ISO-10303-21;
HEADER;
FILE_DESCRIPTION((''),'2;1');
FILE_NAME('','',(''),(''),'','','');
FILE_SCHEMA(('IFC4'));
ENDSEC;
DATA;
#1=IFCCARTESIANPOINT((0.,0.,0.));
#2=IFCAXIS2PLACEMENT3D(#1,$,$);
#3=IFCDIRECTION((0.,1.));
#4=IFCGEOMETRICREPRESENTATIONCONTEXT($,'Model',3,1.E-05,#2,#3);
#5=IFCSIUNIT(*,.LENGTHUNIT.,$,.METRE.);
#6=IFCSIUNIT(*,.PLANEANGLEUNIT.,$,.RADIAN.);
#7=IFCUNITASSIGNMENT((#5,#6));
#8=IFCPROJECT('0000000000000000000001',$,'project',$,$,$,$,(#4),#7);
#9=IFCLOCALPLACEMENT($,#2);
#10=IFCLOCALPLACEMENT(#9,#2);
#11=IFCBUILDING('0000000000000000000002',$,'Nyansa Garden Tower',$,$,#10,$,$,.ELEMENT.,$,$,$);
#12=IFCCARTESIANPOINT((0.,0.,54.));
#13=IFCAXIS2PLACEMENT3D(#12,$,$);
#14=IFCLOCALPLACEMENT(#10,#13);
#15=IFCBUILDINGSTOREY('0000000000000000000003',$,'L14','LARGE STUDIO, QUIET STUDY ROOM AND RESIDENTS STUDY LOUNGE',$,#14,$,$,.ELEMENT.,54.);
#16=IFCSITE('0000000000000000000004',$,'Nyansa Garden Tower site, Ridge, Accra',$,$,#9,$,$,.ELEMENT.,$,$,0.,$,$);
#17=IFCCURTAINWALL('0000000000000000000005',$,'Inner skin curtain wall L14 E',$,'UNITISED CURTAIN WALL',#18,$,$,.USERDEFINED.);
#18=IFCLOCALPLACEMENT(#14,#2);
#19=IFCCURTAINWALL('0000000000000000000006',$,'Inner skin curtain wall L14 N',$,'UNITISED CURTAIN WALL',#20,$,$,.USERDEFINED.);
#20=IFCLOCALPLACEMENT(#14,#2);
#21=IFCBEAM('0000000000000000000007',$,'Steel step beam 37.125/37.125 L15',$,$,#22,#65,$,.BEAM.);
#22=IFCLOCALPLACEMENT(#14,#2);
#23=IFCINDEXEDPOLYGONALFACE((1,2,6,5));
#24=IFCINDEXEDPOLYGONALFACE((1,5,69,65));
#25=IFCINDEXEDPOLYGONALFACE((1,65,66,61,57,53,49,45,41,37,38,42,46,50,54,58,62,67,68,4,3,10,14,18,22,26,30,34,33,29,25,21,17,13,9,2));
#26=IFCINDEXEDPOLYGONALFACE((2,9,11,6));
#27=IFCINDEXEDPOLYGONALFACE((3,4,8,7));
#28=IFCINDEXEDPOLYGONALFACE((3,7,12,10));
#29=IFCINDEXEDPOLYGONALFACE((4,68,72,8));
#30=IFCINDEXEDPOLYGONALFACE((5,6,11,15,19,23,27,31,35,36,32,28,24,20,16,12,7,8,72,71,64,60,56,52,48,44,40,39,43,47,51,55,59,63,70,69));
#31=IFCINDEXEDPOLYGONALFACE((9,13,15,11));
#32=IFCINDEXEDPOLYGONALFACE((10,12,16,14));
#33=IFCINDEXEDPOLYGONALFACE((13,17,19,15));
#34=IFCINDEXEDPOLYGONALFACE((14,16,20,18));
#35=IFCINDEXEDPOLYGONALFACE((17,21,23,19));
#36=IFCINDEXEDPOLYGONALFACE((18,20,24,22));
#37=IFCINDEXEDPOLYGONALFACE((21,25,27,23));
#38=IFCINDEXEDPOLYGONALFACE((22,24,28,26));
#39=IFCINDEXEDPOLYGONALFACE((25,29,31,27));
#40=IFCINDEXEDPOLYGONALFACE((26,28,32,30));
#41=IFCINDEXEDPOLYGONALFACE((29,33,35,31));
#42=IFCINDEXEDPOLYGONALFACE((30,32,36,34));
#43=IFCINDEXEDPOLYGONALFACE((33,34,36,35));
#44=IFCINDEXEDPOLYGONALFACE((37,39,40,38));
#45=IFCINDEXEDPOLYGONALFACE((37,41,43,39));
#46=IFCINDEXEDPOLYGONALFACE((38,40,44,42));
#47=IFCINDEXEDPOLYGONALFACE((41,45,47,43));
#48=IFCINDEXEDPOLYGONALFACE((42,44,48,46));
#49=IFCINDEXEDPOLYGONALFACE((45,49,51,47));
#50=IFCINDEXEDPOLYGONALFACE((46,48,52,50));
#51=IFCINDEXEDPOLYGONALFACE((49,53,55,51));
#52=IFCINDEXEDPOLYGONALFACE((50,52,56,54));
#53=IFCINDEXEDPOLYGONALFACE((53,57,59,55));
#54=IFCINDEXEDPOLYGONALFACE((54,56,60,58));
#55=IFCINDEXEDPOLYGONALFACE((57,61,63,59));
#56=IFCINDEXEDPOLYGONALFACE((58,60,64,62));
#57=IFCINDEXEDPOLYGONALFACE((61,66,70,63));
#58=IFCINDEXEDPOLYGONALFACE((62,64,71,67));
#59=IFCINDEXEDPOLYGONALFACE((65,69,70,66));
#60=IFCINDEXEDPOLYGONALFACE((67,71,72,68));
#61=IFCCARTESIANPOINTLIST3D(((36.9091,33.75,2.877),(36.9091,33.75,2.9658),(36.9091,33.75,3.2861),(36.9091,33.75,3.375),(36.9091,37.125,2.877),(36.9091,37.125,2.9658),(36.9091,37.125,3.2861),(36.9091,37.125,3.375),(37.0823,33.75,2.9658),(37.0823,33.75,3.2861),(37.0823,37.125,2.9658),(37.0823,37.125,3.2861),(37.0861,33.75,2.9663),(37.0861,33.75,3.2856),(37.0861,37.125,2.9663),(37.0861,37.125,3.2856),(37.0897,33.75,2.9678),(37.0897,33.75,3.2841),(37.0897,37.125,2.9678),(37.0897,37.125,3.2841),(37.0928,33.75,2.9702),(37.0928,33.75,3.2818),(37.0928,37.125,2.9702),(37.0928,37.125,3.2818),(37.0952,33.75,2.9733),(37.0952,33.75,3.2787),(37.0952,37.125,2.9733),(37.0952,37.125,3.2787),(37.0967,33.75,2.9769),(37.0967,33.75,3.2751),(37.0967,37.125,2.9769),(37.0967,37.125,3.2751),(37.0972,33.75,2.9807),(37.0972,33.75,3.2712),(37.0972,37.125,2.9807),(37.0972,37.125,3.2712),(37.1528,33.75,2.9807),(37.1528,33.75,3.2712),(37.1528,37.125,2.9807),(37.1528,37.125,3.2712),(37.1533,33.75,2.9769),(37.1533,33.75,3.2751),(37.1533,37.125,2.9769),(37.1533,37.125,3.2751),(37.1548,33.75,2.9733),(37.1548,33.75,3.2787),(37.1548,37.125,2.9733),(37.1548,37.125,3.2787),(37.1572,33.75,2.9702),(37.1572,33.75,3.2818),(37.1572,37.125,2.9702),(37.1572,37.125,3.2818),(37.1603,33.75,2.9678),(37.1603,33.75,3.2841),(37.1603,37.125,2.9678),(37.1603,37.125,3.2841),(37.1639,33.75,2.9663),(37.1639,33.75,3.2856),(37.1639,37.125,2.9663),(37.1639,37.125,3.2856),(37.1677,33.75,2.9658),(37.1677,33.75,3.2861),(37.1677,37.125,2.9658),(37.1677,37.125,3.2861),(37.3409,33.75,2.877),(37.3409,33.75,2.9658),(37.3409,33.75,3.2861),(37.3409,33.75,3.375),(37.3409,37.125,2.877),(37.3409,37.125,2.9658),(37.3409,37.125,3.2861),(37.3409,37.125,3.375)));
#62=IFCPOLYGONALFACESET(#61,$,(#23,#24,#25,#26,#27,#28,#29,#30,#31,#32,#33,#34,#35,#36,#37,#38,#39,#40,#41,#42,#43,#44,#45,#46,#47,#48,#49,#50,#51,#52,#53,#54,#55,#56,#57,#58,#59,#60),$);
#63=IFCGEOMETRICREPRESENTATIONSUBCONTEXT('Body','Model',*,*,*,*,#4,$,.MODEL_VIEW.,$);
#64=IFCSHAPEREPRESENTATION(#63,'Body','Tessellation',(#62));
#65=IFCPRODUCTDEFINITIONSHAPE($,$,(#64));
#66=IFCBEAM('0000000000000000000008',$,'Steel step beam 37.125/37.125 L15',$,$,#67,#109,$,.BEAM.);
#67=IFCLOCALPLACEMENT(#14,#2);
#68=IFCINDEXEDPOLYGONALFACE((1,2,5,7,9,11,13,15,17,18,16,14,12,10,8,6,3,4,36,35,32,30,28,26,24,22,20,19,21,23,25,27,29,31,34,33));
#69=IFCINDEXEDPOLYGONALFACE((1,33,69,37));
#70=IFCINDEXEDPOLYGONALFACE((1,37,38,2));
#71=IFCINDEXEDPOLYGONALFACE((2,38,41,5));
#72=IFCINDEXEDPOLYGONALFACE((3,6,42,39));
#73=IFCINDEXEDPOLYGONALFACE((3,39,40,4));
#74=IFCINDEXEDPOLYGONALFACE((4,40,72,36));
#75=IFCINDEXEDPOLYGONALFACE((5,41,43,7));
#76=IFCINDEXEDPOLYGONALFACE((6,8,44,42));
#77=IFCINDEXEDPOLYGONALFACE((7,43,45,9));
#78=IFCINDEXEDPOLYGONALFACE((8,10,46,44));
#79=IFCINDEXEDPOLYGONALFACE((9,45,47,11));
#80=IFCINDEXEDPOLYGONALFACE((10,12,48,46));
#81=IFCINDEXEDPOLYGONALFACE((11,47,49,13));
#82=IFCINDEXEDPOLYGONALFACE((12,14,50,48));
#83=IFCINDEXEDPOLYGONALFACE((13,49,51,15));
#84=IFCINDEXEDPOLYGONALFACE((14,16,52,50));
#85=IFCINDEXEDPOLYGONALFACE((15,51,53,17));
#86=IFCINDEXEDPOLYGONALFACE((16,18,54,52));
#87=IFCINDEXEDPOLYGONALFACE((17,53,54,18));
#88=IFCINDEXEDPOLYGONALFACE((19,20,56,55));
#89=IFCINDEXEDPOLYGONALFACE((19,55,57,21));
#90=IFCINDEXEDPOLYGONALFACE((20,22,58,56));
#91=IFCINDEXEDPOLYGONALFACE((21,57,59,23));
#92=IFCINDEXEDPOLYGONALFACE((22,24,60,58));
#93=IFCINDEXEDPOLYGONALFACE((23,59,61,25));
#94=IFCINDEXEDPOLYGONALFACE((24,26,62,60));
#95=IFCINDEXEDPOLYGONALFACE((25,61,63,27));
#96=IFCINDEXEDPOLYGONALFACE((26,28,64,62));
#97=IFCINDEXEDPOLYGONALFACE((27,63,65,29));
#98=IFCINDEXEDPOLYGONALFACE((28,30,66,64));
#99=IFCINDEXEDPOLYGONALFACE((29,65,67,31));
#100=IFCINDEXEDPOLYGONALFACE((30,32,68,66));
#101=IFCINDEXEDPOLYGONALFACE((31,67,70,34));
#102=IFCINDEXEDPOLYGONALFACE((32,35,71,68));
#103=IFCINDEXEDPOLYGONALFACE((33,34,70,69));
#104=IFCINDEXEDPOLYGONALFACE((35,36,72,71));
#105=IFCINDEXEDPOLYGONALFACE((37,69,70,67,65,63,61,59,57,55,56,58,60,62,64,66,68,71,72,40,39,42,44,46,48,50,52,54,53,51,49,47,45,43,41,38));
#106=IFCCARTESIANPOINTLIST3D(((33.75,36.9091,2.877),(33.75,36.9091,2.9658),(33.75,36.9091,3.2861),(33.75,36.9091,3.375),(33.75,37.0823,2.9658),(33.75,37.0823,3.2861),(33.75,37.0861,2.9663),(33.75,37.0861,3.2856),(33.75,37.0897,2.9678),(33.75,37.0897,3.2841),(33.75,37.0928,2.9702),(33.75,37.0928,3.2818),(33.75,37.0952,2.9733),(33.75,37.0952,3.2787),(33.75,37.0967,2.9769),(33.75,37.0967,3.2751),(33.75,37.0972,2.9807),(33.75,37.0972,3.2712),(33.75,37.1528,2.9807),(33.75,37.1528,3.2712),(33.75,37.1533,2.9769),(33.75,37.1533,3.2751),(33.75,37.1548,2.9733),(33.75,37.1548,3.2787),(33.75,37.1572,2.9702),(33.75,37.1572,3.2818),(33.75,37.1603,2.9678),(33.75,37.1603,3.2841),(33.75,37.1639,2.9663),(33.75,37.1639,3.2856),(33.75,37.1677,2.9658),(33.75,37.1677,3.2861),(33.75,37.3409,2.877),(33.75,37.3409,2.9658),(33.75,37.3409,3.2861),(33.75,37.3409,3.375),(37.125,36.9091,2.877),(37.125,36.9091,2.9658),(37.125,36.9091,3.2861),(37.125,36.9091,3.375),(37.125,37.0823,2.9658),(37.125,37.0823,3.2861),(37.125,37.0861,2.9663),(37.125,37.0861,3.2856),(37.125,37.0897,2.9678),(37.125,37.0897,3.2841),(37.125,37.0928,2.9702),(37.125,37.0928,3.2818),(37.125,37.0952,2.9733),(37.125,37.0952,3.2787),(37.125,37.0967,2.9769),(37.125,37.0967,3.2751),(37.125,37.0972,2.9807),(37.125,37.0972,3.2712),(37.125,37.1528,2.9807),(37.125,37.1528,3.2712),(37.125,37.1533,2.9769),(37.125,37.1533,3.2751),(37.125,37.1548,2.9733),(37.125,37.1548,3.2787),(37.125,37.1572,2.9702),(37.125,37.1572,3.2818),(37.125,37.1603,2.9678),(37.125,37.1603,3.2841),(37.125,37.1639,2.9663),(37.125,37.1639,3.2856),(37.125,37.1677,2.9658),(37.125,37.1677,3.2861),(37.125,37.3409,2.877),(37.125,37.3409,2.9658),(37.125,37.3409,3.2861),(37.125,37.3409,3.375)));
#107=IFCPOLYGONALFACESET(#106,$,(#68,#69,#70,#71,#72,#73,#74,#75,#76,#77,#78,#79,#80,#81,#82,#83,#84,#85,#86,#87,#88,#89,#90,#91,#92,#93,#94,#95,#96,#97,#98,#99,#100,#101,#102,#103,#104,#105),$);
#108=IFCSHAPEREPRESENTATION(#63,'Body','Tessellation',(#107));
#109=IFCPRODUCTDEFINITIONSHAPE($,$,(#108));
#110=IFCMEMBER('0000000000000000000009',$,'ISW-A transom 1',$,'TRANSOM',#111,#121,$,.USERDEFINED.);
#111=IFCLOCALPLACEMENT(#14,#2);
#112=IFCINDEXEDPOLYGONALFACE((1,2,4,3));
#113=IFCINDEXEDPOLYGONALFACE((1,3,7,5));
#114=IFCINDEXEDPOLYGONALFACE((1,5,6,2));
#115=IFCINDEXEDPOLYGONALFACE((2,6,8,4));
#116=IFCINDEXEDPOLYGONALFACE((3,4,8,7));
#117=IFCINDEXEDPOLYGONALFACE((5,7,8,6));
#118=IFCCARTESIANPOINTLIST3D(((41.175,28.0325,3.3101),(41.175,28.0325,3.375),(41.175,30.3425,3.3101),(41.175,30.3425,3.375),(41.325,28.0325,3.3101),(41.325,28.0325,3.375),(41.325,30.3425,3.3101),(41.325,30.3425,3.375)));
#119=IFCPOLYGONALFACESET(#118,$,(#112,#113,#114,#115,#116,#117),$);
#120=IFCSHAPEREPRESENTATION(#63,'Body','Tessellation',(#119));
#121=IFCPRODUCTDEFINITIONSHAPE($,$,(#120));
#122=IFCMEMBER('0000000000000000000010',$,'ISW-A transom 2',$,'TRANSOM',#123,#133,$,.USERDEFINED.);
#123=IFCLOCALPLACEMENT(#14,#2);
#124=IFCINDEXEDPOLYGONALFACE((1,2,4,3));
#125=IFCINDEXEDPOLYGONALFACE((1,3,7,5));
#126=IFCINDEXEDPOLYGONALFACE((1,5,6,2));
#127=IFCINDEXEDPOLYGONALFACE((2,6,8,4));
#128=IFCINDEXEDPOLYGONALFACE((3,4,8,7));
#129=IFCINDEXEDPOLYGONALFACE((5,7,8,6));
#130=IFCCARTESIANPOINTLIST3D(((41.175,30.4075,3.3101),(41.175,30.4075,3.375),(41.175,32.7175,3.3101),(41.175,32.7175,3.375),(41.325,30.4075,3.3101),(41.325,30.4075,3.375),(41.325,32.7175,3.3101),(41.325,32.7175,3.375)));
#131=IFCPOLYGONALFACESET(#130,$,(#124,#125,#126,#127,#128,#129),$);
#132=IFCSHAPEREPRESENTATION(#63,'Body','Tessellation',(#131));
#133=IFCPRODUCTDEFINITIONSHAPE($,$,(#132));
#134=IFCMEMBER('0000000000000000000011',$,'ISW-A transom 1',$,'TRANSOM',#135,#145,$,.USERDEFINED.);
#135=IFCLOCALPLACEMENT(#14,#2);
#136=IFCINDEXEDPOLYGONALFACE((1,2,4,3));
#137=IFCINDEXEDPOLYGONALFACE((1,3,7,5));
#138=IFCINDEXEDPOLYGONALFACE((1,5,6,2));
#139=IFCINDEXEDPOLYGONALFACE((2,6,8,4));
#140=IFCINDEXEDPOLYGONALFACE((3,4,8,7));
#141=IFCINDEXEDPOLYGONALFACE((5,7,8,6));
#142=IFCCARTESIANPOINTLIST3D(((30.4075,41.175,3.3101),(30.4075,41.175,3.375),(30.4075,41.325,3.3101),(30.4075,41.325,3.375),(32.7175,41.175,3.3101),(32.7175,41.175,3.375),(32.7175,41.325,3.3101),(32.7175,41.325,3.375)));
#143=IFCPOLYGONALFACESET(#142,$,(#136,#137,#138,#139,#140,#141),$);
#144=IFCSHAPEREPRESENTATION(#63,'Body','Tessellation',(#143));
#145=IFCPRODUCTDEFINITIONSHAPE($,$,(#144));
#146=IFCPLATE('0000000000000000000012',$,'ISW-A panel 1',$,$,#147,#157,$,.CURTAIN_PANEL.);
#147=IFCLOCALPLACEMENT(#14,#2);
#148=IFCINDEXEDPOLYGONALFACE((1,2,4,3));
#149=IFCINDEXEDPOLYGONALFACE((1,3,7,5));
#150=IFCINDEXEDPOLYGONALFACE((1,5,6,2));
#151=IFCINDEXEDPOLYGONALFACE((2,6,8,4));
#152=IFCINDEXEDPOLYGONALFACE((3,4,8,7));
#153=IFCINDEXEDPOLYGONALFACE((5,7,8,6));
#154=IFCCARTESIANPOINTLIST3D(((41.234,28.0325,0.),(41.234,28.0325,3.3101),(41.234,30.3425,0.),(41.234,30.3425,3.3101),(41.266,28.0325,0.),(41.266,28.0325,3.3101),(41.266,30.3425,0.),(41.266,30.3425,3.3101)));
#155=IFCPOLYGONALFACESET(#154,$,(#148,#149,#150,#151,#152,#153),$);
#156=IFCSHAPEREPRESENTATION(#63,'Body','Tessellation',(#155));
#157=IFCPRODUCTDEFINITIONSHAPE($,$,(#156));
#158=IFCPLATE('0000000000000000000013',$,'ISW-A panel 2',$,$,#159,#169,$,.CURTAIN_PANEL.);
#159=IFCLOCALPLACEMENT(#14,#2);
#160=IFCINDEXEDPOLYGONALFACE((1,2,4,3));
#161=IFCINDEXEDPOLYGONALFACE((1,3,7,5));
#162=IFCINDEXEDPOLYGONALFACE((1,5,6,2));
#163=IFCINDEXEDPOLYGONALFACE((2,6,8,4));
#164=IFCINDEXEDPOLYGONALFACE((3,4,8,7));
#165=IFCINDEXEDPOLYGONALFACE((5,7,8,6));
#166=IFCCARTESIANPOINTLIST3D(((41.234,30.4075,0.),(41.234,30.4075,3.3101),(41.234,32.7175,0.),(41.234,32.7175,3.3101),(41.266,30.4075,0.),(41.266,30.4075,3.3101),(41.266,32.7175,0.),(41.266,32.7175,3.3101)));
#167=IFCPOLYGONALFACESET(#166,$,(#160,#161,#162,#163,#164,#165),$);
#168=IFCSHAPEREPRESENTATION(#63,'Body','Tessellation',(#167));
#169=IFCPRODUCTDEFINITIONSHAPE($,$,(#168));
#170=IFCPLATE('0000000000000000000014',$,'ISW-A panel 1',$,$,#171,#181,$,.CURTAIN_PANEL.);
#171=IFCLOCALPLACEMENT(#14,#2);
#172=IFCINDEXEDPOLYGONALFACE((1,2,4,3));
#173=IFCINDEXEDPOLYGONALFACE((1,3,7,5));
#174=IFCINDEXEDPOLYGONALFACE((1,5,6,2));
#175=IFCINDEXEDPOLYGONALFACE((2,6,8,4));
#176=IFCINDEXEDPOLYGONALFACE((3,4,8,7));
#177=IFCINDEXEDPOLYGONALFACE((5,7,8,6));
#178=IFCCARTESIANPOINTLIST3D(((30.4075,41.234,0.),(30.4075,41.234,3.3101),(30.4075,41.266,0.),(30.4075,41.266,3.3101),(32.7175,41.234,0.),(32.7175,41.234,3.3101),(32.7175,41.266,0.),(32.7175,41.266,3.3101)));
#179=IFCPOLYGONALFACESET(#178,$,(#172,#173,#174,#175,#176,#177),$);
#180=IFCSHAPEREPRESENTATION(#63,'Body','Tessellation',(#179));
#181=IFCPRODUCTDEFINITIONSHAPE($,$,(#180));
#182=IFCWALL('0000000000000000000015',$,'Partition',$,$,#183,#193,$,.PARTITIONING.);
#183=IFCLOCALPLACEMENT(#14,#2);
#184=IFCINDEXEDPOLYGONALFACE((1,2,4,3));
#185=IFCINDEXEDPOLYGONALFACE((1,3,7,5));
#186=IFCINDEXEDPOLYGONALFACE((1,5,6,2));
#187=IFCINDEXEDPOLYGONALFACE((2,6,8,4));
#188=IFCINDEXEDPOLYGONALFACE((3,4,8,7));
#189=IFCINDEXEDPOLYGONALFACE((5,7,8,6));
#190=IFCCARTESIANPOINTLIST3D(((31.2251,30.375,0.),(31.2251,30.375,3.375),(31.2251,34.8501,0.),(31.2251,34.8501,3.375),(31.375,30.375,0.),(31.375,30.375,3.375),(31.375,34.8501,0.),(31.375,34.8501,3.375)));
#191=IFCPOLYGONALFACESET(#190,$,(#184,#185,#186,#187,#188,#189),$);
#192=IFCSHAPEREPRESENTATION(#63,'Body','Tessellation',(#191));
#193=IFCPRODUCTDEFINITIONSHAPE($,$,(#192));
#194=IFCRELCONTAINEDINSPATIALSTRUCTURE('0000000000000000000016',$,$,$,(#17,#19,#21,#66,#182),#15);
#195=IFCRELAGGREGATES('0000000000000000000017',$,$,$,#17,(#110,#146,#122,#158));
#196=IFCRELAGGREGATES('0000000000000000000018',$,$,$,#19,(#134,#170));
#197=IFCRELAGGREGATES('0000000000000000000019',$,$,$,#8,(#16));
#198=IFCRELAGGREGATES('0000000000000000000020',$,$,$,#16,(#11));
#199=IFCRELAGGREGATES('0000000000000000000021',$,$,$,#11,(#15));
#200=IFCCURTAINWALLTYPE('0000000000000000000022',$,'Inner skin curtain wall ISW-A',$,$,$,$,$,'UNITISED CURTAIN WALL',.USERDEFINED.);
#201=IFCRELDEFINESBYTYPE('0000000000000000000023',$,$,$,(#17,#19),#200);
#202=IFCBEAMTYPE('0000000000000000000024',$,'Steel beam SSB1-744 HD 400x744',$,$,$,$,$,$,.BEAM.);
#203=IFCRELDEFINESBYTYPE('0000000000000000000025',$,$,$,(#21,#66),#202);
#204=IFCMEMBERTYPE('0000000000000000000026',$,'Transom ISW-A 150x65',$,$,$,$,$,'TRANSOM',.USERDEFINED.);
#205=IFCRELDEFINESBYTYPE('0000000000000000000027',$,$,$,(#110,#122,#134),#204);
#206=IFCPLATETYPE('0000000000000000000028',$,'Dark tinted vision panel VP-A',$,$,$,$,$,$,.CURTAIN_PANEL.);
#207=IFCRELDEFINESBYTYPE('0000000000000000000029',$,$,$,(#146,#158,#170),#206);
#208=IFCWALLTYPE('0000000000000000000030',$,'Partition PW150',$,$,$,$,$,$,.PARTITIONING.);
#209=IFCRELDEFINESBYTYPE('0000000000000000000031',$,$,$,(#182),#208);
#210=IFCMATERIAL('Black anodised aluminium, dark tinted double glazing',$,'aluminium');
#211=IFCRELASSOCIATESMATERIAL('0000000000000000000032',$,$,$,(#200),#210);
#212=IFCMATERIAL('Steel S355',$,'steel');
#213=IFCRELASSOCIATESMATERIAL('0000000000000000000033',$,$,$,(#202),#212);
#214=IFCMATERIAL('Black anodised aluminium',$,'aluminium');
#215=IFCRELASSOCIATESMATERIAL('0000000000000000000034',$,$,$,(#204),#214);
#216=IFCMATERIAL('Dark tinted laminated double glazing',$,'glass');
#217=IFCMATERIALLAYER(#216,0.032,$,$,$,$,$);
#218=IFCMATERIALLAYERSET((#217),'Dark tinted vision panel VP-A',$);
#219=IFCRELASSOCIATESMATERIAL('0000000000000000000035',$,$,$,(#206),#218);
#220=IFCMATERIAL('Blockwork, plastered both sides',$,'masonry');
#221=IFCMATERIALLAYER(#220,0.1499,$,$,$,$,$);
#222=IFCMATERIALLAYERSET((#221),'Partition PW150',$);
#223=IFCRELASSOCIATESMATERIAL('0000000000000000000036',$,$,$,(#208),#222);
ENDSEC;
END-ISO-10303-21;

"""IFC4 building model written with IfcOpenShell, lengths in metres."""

from ifc_helpers import new_model, si_unit, direction, frame, frame_2d, origin, origin_2d, place, context, subcontext, project, spatial, rectangle, i_section, extrude, material, layer, layer_set, material_profile, profile_set, type_object, element, aggregate, save


model = new_model("IFC4")

# Units and contexts
model_context = context("Model", 3, precision=1e-05, world=origin(), true_north=direction((0.0, 1.0)))
body_context = subcontext(model_context, "Body", "Model", "MODEL_VIEW")
ifc_project = project(units=[si_unit("LENGTHUNIT", "METRE"), si_unit("PLANEANGLEUNIT", "RADIAN")], contexts=[model_context])

# Site, building, storey
site_placement = place(None, origin())
site = spatial("IfcSite", under=ifc_project, at=site_placement, Name="Nyansa Garden Tower site, Ridge, Accra", CompositionType="ELEMENT", RefElevation=0.0)
building_placement = place(site_placement, origin())
building = spatial("IfcBuilding", under=site, at=building_placement, Name="Nyansa Garden Tower", CompositionType="ELEMENT")
storey_placement = place(building_placement, frame((0.0, 0.0, 54.0)))
storey = spatial("IfcBuildingStorey", under=building, at=storey_placement, Name="L14", Description="LARGE STUDIO, QUIET STUDY ROOM AND RESIDENTS STUDY LOUNGE", CompositionType="ELEMENT", Elevation=54.0)

# Curtain wall
ifc_material_1 = material(Name="Black anodised aluminium, dark tinted double glazing", Category="aluminium")
curtain_wall_type = type_object("IfcCurtainWallType", Name="Inner skin curtain wall ISW-A", ElementType="UNITISED CURTAIN WALL", PredefinedType="USERDEFINED", material=ifc_material_1)
curtain_wall_1_placement = place(storey_placement, origin())
curtain_wall_1 = element("IfcCurtainWall", 1, at=curtain_wall_1_placement, inside=storey, type_object=curtain_wall_type, Name="Inner skin curtain wall L14 E", ObjectType="UNITISED CURTAIN WALL", PredefinedType="USERDEFINED")

# Curtain wall
curtain_wall_2_placement = place(storey_placement, origin())
curtain_wall_2 = element("IfcCurtainWall", 2, at=curtain_wall_2_placement, inside=storey, type_object=curtain_wall_type, Name="Inner skin curtain wall L14 N", ObjectType="UNITISED CURTAIN WALL", PredefinedType="USERDEFINED")

# Beams
ifc_material_2 = material(Name="Steel S355", Category="steel")
ifc_material_profile_1 = material_profile(ifc_material_2, i_section(OverallWidth=0.4319, OverallDepth=0.498, WebThickness=0.0557, FlangeThickness=0.0889, FilletRadius=0.0149, at=origin_2d()), Name="HD 400x744")
ifc_profile_set_1 = profile_set([ifc_material_profile_1], Name="Steel S355")
beam_type_1 = type_object("IfcBeamType", Name="Steel beam SSB1-744 HD 400x744", PredefinedType="BEAM", material=ifc_profile_set_1)
for number, where, z_axis, x_axis, name in (
    (3, (37.125, 37.125, 3.126), (0.0, -1.0, 0.0), (1.0, 0.0, 0.0), "Steel step beam 37.125/37.125 L15"),
    (4, (37.125, 37.125, 3.126), (-1.0, 0.0, 0.0), (0.0, -1.0, 0.0), "Steel step beam 37.125/37.125 L15"),
):
    element("IfcBeam", number, at=place(storey_placement, frame(where, z_axis=z_axis, x_axis=x_axis)), inside=storey, type_object=beam_type_1, Name=name, PredefinedType="BEAM", context=body_context, shape_type="SweptSolid", body=[
        extrude(i_section(OverallWidth=0.4319, OverallDepth=0.498, WebThickness=0.0557, FlangeThickness=0.0889, FilletRadius=0.0149, at=origin_2d()), origin(), (0.0, 0.0, 1.0), 3.375),
    ])

# Members
ifc_material_3 = material(Name="Black anodised aluminium", Category="aluminium")
ifc_material_profile_2 = material_profile(ifc_material_3, rectangle(XDim=0.1499, YDim=0.0649, at=origin_2d()), Name="Transom 150x65")
ifc_profile_set_2 = profile_set([ifc_material_profile_2], Name="Black anodised aluminium")
member_type_1 = type_object("IfcMemberType", Name="Transom ISW-A 150x65", ElementType="TRANSOM", PredefinedType="USERDEFINED", material=ifc_profile_set_2)
member_1_placement = place(storey_placement, frame((41.25, 28.0325, 3.3425), z_axis=(0.0, 1.0, 0.0), x_axis=(-1.0, 0.0, 0.0)))
member_1 = element("IfcMember", 5, at=member_1_placement, type_object=member_type_1, Name="ISW-A transom 1", ObjectType="TRANSOM", PredefinedType="USERDEFINED", context=body_context, shape_type="SweptSolid", body=[
    extrude(rectangle(XDim=0.1499, YDim=0.0649, at=origin_2d()), origin(), (0.0, 0.0, 1.0), 2.3101),
])
member_2_placement = place(storey_placement, frame((41.25, 30.4075, 3.3425), z_axis=(0.0, 1.0, 0.0), x_axis=(-1.0, 0.0, 0.0)))
member_2 = element("IfcMember", 6, at=member_2_placement, type_object=member_type_1, Name="ISW-A transom 2", ObjectType="TRANSOM", PredefinedType="USERDEFINED", context=body_context, shape_type="SweptSolid", body=[
    extrude(rectangle(XDim=0.1499, YDim=0.0649, at=origin_2d()), origin(), (0.0, 0.0, 1.0), 2.3101),
])
member_3_placement = place(storey_placement, frame((32.7175, 41.25, 3.3425), z_axis=(-1.0, 0.0, 0.0), x_axis=(0.0, -1.0, 0.0)))
member_3 = element("IfcMember", 7, at=member_3_placement, type_object=member_type_1, Name="ISW-A transom 1", ObjectType="TRANSOM", PredefinedType="USERDEFINED", context=body_context, shape_type="SweptSolid", body=[
    extrude(rectangle(XDim=0.1499, YDim=0.0649, at=origin_2d()), origin(), (0.0, 0.0, 1.0), 2.3101),
])

# Plates
ifc_material_4 = material(Name="Dark tinted laminated double glazing", Category="glass")
ifc_layer_1 = layer(ifc_material_4, 0.032)
ifc_layer_set_1 = layer_set([ifc_layer_1], Name="Dark tinted vision panel VP-A")
plate_type = type_object("IfcPlateType", Name="Dark tinted vision panel VP-A", PredefinedType="CURTAIN_PANEL", material=ifc_layer_set_1)
plate_1_placement = place(storey_placement, frame((41.25, 29.1875, 0.0), z_axis=(0.0, 0.0, 1.0), x_axis=(0.0, 1.0, 0.0)))
plate_1 = element("IfcPlate", 8, at=plate_1_placement, type_object=plate_type, Name="ISW-A panel 1", PredefinedType="CURTAIN_PANEL", context=body_context, shape_type="SweptSolid", body=[
    extrude(rectangle(XDim=2.3101, YDim=0.032, at=origin_2d()), origin(), (0.0, 0.0, 1.0), 3.3101),
])
plate_2_placement = place(storey_placement, frame((41.25, 31.5625, 0.0), z_axis=(0.0, 0.0, 1.0), x_axis=(0.0, 1.0, 0.0)))
plate_2 = element("IfcPlate", 9, at=plate_2_placement, type_object=plate_type, Name="ISW-A panel 2", PredefinedType="CURTAIN_PANEL", context=body_context, shape_type="SweptSolid", body=[
    extrude(rectangle(XDim=2.3101, YDim=0.032, at=origin_2d()), origin(), (0.0, 0.0, 1.0), 3.3101),
])
aggregate(curtain_wall_1, [member_1, plate_1, member_2, plate_2])
plate_3_placement = place(storey_placement, frame((31.5625, 41.25, 0.0), z_axis=(0.0, 0.0, 1.0), x_axis=(-1.0, 0.0, 0.0)))
plate_3 = element("IfcPlate", 10, at=plate_3_placement, type_object=plate_type, Name="ISW-A panel 1", PredefinedType="CURTAIN_PANEL", context=body_context, shape_type="SweptSolid", body=[
    extrude(rectangle(XDim=2.3101, YDim=0.032, at=origin_2d()), origin(), (0.0, 0.0, 1.0), 3.3101),
])
aggregate(curtain_wall_2, [member_3, plate_3])

# Wall
ifc_material_5 = material(Name="Blockwork, plastered both sides", Category="masonry")
ifc_layer_2 = layer(ifc_material_5, 0.1499)
ifc_layer_set_2 = layer_set([ifc_layer_2], Name="Partition PW150")
wall_type_1 = type_object("IfcWallType", Name="Partition PW150", PredefinedType="PARTITIONING", material=ifc_layer_set_2)
wall_1_placement = place(storey_placement, frame((31.3, 30.375, 0.0), z_axis=(0.0, 0.0, 1.0), x_axis=(0.0, 1.0, 0.0)))
element("IfcWall", 11, at=wall_1_placement, inside=storey, type_object=wall_type_1, Name="Partition", PredefinedType="PARTITIONING", context=body_context, shape_type="SweptSolid", body=[
    extrude(rectangle(XDim=4.4751, YDim=0.1499, at=frame_2d((2.2375, 0.0))), origin(), (0.0, 0.0, 1.0), 3.375),
])

save(model, "model.ifc")
